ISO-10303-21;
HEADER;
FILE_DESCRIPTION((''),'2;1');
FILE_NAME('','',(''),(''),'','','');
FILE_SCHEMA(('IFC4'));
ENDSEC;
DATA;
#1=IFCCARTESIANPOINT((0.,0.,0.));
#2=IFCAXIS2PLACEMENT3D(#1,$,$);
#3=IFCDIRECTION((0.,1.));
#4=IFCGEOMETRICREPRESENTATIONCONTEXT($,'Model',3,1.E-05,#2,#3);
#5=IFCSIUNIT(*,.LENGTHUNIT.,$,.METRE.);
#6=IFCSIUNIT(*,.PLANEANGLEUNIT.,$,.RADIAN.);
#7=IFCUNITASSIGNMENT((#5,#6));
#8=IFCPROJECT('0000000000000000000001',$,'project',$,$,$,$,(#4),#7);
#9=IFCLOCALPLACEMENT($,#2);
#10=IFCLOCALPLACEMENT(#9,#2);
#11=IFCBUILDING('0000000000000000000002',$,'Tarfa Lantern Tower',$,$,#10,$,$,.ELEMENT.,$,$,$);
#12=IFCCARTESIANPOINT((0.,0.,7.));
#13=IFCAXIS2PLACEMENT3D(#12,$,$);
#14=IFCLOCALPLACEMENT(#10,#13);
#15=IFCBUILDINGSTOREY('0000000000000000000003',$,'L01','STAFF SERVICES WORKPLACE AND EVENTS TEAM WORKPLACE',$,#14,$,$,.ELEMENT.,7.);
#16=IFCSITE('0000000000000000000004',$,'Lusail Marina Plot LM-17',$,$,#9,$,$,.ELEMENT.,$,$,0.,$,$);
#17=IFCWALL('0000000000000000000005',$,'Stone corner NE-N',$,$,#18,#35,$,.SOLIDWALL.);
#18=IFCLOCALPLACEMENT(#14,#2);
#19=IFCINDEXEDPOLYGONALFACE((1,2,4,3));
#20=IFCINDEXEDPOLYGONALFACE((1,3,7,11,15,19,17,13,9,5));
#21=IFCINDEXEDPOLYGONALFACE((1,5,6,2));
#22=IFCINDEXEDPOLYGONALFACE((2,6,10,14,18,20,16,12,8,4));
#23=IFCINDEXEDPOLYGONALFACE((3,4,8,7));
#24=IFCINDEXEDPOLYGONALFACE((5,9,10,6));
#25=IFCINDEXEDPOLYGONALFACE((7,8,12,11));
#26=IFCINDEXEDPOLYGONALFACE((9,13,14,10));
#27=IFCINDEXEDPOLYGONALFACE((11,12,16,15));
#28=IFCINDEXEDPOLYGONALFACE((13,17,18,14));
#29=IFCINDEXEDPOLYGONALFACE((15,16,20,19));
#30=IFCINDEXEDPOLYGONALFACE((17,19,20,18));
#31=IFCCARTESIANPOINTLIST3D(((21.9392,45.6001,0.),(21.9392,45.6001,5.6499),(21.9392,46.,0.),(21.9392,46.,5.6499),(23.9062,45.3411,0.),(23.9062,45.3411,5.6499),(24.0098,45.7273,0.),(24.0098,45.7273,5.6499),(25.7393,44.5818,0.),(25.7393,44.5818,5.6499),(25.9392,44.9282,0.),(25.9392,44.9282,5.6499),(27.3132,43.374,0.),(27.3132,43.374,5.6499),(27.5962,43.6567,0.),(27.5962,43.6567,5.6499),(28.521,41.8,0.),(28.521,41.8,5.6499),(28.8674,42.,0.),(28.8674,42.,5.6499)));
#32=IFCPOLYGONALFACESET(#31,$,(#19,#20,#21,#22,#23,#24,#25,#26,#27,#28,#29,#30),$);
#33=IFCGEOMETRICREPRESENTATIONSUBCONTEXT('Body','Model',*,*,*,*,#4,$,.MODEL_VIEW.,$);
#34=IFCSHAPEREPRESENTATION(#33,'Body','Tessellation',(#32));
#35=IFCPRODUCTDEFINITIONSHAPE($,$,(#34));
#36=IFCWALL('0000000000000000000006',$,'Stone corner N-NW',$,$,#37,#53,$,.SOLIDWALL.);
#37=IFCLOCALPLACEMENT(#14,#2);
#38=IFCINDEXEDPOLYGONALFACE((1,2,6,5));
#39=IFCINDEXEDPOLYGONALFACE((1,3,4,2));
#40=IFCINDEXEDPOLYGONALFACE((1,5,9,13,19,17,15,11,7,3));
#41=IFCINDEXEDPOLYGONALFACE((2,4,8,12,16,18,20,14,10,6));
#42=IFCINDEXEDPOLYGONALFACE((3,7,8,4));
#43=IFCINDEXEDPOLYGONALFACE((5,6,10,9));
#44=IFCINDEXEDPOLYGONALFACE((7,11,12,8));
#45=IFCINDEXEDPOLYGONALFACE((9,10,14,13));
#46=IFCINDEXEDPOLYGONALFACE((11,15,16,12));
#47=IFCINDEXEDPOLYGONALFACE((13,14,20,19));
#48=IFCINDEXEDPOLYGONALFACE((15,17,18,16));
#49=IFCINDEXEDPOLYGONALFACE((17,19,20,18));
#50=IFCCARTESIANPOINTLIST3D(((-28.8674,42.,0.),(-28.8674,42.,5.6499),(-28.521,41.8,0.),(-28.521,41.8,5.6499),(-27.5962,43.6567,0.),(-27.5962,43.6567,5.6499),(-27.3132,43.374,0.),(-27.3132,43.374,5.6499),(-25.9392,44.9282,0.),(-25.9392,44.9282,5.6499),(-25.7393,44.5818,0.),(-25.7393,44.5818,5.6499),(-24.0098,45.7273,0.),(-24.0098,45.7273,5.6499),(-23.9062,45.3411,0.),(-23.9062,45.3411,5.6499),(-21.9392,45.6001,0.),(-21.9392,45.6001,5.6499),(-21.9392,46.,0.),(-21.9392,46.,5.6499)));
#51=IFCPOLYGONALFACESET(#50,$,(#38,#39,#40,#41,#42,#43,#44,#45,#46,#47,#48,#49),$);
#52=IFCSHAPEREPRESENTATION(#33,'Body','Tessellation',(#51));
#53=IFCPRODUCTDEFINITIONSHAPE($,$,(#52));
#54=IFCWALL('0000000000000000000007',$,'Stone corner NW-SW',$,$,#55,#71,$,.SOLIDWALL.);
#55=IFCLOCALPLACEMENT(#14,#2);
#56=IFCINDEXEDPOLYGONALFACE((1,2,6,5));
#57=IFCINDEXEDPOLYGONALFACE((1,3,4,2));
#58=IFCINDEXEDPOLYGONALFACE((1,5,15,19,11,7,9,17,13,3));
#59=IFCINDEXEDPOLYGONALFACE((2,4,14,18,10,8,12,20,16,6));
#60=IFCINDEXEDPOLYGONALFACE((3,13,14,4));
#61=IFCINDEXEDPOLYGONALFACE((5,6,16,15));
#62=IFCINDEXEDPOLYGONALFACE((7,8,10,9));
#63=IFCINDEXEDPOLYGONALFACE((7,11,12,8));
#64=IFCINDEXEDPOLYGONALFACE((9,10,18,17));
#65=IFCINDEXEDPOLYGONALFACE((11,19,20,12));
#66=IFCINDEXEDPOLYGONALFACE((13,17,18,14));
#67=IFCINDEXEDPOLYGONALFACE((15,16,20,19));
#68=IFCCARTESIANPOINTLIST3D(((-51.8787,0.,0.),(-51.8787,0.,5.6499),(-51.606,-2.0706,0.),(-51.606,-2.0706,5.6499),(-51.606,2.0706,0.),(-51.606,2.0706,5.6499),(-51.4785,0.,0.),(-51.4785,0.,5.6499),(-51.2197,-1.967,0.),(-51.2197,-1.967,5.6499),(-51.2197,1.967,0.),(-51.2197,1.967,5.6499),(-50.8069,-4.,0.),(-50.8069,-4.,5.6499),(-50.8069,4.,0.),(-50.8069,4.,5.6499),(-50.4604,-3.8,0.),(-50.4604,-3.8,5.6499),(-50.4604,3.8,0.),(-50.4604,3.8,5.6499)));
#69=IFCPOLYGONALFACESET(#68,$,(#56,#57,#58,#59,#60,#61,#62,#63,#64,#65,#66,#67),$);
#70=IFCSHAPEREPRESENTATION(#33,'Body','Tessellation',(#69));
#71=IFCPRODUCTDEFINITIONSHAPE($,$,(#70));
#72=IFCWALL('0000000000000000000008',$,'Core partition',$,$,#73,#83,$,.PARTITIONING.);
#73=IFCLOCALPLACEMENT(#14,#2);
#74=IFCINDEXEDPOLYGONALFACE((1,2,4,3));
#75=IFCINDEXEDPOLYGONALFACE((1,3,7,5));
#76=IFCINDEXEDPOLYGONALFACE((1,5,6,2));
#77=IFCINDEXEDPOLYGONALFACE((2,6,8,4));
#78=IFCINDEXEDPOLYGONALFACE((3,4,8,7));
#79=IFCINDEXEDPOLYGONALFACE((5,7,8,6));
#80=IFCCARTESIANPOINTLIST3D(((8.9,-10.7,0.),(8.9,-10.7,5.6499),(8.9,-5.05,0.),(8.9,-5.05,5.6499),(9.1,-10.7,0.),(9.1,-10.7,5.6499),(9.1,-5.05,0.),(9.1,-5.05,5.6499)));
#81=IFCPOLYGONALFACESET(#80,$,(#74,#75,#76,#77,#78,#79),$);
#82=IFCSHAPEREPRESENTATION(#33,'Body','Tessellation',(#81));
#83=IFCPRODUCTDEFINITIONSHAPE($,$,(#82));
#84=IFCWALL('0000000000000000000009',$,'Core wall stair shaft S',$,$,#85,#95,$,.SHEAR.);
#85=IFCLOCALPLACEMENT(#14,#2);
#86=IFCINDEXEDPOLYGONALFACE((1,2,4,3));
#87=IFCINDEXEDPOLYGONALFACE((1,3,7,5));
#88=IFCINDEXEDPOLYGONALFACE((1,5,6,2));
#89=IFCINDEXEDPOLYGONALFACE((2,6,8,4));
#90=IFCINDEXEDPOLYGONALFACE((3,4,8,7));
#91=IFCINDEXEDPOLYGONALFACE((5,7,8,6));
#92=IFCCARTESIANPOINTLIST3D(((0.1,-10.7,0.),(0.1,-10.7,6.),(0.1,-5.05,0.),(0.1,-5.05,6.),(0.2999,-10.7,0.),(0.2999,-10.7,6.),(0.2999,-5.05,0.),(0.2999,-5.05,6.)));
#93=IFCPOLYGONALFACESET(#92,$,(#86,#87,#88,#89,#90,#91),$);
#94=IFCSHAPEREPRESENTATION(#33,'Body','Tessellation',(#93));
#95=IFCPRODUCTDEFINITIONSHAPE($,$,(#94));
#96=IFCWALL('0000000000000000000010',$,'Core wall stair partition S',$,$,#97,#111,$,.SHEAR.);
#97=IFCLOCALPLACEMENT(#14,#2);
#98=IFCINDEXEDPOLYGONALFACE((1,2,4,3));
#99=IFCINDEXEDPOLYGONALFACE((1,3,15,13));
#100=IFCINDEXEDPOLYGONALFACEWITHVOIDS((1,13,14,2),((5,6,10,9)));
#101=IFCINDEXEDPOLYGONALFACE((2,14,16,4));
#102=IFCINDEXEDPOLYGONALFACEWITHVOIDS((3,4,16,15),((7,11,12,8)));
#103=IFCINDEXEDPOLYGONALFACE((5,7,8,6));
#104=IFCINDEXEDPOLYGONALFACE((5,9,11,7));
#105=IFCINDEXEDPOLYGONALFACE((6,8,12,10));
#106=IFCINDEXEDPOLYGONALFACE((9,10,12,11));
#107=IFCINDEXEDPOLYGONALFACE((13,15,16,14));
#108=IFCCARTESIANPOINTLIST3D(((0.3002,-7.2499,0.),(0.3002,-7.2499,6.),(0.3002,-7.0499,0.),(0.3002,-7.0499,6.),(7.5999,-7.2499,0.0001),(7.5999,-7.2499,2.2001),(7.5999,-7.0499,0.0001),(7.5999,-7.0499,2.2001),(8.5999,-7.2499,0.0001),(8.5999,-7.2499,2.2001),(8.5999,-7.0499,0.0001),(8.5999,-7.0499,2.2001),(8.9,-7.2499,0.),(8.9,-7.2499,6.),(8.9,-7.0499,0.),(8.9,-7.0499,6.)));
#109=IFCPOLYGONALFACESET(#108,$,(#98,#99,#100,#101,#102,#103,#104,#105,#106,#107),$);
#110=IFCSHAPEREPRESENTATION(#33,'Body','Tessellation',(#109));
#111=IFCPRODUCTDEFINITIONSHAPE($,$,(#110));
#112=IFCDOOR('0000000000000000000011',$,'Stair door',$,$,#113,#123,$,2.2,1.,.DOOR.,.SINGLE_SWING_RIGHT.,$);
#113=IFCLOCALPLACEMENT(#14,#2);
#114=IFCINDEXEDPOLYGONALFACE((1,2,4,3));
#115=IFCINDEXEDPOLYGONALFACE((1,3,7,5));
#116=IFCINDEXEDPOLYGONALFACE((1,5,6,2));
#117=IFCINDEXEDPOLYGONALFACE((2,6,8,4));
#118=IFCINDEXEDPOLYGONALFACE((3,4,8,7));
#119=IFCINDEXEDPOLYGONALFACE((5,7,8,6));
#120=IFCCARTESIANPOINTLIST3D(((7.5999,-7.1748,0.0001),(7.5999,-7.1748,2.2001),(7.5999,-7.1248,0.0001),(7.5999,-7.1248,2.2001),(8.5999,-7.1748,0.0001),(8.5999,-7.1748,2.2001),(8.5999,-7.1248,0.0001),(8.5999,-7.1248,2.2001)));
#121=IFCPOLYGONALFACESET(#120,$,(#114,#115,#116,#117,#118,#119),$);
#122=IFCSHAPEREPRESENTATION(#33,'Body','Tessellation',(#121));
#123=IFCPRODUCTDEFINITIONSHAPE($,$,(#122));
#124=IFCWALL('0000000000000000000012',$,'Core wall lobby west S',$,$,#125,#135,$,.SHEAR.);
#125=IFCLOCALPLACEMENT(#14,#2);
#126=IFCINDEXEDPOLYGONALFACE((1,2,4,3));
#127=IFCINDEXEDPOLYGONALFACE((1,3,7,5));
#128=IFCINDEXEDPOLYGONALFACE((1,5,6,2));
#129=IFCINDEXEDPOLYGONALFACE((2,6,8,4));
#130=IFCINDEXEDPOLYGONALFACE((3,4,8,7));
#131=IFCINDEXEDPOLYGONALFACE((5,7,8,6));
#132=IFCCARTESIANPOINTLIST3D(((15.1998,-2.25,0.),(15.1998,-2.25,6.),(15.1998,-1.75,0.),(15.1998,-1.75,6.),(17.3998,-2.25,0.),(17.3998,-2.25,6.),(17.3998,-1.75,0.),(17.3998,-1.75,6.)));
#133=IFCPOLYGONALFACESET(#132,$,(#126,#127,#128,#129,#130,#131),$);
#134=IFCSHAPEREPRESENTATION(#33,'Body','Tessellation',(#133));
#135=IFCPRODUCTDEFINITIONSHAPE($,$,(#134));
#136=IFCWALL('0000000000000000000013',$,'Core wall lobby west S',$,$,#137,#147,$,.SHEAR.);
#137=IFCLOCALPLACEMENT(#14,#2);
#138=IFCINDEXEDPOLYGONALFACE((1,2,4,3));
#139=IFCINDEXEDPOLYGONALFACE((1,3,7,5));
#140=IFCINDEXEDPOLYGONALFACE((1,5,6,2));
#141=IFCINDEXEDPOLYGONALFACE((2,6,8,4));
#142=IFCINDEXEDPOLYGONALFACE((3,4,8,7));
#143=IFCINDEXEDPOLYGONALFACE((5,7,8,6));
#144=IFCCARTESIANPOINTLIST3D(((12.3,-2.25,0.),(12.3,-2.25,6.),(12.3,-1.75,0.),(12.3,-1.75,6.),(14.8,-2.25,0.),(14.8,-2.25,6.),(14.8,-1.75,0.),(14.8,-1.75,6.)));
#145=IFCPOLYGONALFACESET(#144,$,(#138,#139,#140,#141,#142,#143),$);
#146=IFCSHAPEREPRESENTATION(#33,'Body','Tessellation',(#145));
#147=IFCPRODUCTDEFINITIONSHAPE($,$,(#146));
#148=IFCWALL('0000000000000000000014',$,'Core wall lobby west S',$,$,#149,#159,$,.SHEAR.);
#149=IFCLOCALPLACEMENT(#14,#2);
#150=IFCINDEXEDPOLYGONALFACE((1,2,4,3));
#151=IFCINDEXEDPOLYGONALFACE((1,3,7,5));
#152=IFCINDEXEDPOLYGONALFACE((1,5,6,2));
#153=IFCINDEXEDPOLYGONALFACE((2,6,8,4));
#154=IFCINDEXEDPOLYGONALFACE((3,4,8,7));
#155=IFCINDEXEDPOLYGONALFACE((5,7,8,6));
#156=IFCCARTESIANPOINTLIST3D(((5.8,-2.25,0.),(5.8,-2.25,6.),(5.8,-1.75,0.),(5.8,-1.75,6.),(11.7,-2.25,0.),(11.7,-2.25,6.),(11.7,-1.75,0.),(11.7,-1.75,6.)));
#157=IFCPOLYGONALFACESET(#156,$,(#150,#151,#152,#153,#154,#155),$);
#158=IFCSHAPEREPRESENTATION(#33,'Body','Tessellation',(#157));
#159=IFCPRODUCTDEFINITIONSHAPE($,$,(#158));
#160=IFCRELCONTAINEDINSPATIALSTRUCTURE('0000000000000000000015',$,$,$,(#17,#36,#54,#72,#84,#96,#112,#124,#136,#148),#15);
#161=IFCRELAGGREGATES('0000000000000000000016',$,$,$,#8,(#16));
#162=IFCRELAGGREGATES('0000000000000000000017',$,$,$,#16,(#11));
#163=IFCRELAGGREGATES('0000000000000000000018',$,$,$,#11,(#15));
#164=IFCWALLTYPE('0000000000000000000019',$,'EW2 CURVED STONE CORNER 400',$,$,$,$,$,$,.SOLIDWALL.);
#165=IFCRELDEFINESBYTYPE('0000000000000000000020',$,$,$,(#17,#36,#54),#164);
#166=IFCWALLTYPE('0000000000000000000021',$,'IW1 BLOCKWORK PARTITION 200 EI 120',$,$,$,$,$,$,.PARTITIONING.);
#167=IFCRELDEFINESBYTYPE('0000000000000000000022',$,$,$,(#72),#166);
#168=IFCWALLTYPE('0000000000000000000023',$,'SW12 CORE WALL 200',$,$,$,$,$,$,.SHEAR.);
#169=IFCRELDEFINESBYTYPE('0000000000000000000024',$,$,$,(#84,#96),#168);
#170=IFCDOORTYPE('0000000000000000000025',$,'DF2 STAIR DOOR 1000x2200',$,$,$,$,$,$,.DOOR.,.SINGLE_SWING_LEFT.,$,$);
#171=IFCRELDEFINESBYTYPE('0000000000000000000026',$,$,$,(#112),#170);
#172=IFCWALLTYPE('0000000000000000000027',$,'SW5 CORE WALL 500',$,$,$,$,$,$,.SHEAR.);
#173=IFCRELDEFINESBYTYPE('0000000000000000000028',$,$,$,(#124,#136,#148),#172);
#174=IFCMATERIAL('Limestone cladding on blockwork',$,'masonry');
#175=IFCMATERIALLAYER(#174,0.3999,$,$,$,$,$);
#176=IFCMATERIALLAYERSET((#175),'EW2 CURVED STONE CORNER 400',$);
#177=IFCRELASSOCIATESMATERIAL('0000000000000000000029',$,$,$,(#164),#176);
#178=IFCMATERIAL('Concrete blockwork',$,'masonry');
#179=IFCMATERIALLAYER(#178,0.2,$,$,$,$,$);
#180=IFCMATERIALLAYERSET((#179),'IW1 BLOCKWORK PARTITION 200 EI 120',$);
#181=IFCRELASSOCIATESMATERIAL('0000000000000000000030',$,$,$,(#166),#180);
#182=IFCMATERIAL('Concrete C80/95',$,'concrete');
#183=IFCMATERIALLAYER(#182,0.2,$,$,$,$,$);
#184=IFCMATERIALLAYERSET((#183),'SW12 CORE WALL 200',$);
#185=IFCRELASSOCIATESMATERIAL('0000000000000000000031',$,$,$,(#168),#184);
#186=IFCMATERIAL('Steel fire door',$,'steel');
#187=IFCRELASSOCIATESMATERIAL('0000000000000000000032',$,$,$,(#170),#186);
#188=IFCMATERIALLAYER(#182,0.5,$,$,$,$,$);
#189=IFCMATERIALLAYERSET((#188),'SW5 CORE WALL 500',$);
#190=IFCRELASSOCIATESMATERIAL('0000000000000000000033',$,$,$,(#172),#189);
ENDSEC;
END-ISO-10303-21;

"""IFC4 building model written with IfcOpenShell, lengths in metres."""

from ifc_helpers import new_model, si_unit, direction, frame, frame_2d, origin, place, context, subcontext, project, spatial, polyline, rectangle, outline, extrude, material, layer, layer_set, type_object, element, fill, save


model = new_model("IFC4")

# Units and contexts
model_context = context("Model", 3, precision=1e-05, world=origin(), true_north=direction((0.0, 1.0)))
body_context = subcontext(model_context, "Body", "Model", "MODEL_VIEW")
ifc_project = project(units=[si_unit("LENGTHUNIT", "METRE"), si_unit("PLANEANGLEUNIT", "RADIAN")], contexts=[model_context])

# Site, building, storey
site_placement = place(None, origin())
site = spatial("IfcSite", under=ifc_project, at=site_placement, Name="Lusail Marina Plot LM-17", CompositionType="ELEMENT", RefElevation=0.0)
building_placement = place(site_placement, origin())
building = spatial("IfcBuilding", under=site, at=building_placement, Name="Tarfa Lantern Tower", CompositionType="ELEMENT")
storey_placement = place(building_placement, frame((0.0, 0.0, 7.0)))
storey = spatial("IfcBuildingStorey", under=building, at=storey_placement, Name="L01", Description="STAFF SERVICES WORKPLACE AND EVENTS TEAM WORKPLACE", CompositionType="ELEMENT", Elevation=7.0)

# Walls
ifc_material_1 = material(Name="Limestone cladding on blockwork", Category="masonry")
ifc_layer_1 = layer(ifc_material_1, 0.3999)
ifc_layer_set_1 = layer_set([ifc_layer_1], Name="EW2 CURVED STONE CORNER 400")
wall_type_1 = type_object("IfcWallType", Name="EW2 CURVED STONE CORNER 400", PredefinedType="SOLIDWALL", material=ifc_layer_set_1)
wall_1_placement = place(storey_placement, origin())
element("IfcWall", 1, at=wall_1_placement, inside=storey, type_object=wall_type_1, Name="Stone corner NE-N", PredefinedType="SOLIDWALL", context=body_context, shape_type="SweptSolid", body=[
    extrude(outline(polyline([(28.8674, 42.0), (27.5962, 43.6567), (25.9392, 44.9282), (24.0098, 45.7273), (21.9392, 46.0), (21.9392, 45.6001), (23.9062, 45.3411), (25.7393, 44.5818), (27.3132, 43.374), (28.521, 41.8), (28.8674, 42.0)])), origin(), (0.0, 0.0, 1.0), 5.6499),
])
wall_2_placement = place(storey_placement, origin())
element("IfcWall", 2, at=wall_2_placement, inside=storey, type_object=wall_type_1, Name="Stone corner N-NW", PredefinedType="SOLIDWALL", context=body_context, shape_type="SweptSolid", body=[
    extrude(outline(polyline([(-21.9392, 46.0), (-24.0098, 45.7273), (-25.9392, 44.9282), (-27.5962, 43.6567), (-28.8674, 42.0), (-28.521, 41.8), (-27.3132, 43.374), (-25.7393, 44.5818), (-23.9062, 45.3411), (-21.9392, 45.6001), (-21.9392, 46.0)])), origin(), (0.0, 0.0, 1.0), 5.6499),
])
wall_3_placement = place(storey_placement, origin())
element("IfcWall", 3, at=wall_3_placement, inside=storey, type_object=wall_type_1, Name="Stone corner NW-SW", PredefinedType="SOLIDWALL", context=body_context, shape_type="SweptSolid", body=[
    extrude(outline(polyline([(-50.8069, 4.0), (-51.606, 2.0706), (-51.8787, 0.0), (-51.606, -2.0706), (-50.8069, -4.0), (-50.4604, -3.8), (-51.2197, -1.967), (-51.4785, 0.0), (-51.2197, 1.967), (-50.4604, 3.8), (-50.8069, 4.0)])), origin(), (0.0, 0.0, 1.0), 5.6499),
])
ifc_material_2 = material(Name="Concrete blockwork", Category="masonry")
ifc_layer_2 = layer(ifc_material_2, 0.2)
ifc_layer_set_2 = layer_set([ifc_layer_2], Name="IW1 BLOCKWORK PARTITION 200 EI 120")
wall_type_2 = type_object("IfcWallType", Name="IW1 BLOCKWORK PARTITION 200 EI 120", PredefinedType="PARTITIONING", material=ifc_layer_set_2)
wall_4_placement = place(storey_placement, frame((9.0, -5.05, 0.0), z_axis=(0.0, 0.0, 1.0), x_axis=(0.0, -1.0, 0.0)))
element("IfcWall", 4, at=wall_4_placement, inside=storey, type_object=wall_type_2, Name="Core partition", PredefinedType="PARTITIONING", context=body_context, shape_type="SweptSolid", body=[
    extrude(rectangle(XDim=5.6499, YDim=0.2, at=frame_2d((2.825, 0.0))), origin(), (0.0, 0.0, 1.0), 5.6499),
])
ifc_material_3 = material(Name="Concrete C80/95", Category="concrete")
ifc_layer_3 = layer(ifc_material_3, 0.2)
ifc_layer_set_3 = layer_set([ifc_layer_3], Name="SW12 CORE WALL 200")
wall_type_3 = type_object("IfcWallType", Name="SW12 CORE WALL 200", PredefinedType="SHEAR", material=ifc_layer_set_3)
wall_5_placement = place(storey_placement, frame((0.2, -5.05, 0.0), z_axis=(0.0, 0.0, 1.0), x_axis=(0.0, -1.0, 0.0)))
element("IfcWall", 5, at=wall_5_placement, inside=storey, type_object=wall_type_3, Name="Core wall stair shaft S", PredefinedType="SHEAR", context=body_context, shape_type="SweptSolid", body=[
    extrude(rectangle(XDim=5.6499, YDim=0.2, at=frame_2d((2.825, 0.0))), origin(), (0.0, 0.0, 1.0), 6.0),
])

# Wall, opening, door
wall_6_placement = place(storey_placement, frame((8.8999, -7.1499, 0.0), z_axis=(0.0, 0.0, 1.0), x_axis=(-1.0, 0.0, 0.0)))
wall_6 = element("IfcWall", 6, at=wall_6_placement, inside=storey, type_object=wall_type_3, Name="Core wall stair partition S", PredefinedType="SHEAR", context=body_context, shape_type="SweptSolid", body=[
    extrude(rectangle(XDim=8.5999, YDim=0.2, at=frame_2d((4.2998, 0.0))), origin(), (0.0, 0.0, 1.0), 6.0),
])
opening_1_placement = place(wall_6_placement, frame((0.3, 0.0, 0.0)))
opening_1 = element("IfcOpeningElement", 7, at=opening_1_placement, cuts=wall_6, PredefinedType="OPENING", context=body_context, shape_type="SweptSolid", body=[
    extrude(rectangle(XDim=1.0, YDim=2.2, at=frame_2d((0.5, 1.1001))), frame((0.0, 0.1099, 0.0), z_axis=(0.0, -1.0, 0.0), x_axis=(1.0, 0.0, 0.0)), (0.0, 0.0, 1.0), 0.22),
])
ifc_material_4 = material(Name="Steel fire door", Category="steel")
door_type_1 = type_object("IfcDoorType", Name="DF2 STAIR DOOR 1000x2200", OperationType="SINGLE_SWING_LEFT", PredefinedType="DOOR", material=ifc_material_4)
door_1_placement = place(opening_1_placement, origin())
door_1 = element("IfcDoor", 8, at=door_1_placement, inside=storey, type_object=door_type_1, Name="Stair door", OperationType="SINGLE_SWING_RIGHT", OverallHeight=2.2, OverallWidth=1.0, PredefinedType="DOOR", context=body_context, shape_type="SweptSolid", body=[
    extrude(rectangle(XDim=1.0, YDim=2.2, at=frame_2d((0.5, 1.1001))), frame((0.0, 0.0249, 0.0), z_axis=(0.0, -1.0, 0.0), x_axis=(1.0, 0.0, 0.0)), (0.0, 0.0, 1.0), 0.05),
])
fill(opening_1, door_1)

# Walls
ifc_layer_4 = layer(ifc_material_3, 0.5)
ifc_layer_set_4 = layer_set([ifc_layer_4], Name="SW5 CORE WALL 500")
wall_type_4 = type_object("IfcWallType", Name="SW5 CORE WALL 500", PredefinedType="SHEAR", material=ifc_layer_set_4)
wall_7_placement = place(storey_placement, frame((17.3999, -2.0, 0.0), z_axis=(0.0, 0.0, 1.0), x_axis=(-1.0, 0.0, 0.0)))
element("IfcWall", 9, at=wall_7_placement, inside=storey, type_object=wall_type_4, Name="Core wall lobby west S", PredefinedType="SHEAR", context=body_context, shape_type="SweptSolid", body=[
    extrude(rectangle(XDim=2.2, YDim=0.5, at=frame_2d((1.1001, 0.0))), origin(), (0.0, 0.0, 1.0), 6.0),
])
wall_8_placement = place(storey_placement, frame((14.8, -2.0, 0.0), z_axis=(0.0, 0.0, 1.0), x_axis=(-1.0, 0.0, 0.0)))
element("IfcWall", 10, at=wall_8_placement, inside=storey, type_object=wall_type_4, Name="Core wall lobby west S", PredefinedType="SHEAR", context=body_context, shape_type="SweptSolid", body=[
    extrude(rectangle(XDim=2.5, YDim=0.5, at=frame_2d((1.25, 0.0))), origin(), (0.0, 0.0, 1.0), 6.0),
])
wall_9_placement = place(storey_placement, frame((11.7, -2.0, 0.0), z_axis=(0.0, 0.0, 1.0), x_axis=(-1.0, 0.0, 0.0)))
element("IfcWall", 11, at=wall_9_placement, inside=storey, type_object=wall_type_4, Name="Core wall lobby west S", PredefinedType="SHEAR", context=body_context, shape_type="SweptSolid", body=[
    extrude(rectangle(XDim=5.8999, YDim=0.5, at=frame_2d((2.95, 0.0))), origin(), (0.0, 0.0, 1.0), 6.0),
])

save(model, "model.ifc")
